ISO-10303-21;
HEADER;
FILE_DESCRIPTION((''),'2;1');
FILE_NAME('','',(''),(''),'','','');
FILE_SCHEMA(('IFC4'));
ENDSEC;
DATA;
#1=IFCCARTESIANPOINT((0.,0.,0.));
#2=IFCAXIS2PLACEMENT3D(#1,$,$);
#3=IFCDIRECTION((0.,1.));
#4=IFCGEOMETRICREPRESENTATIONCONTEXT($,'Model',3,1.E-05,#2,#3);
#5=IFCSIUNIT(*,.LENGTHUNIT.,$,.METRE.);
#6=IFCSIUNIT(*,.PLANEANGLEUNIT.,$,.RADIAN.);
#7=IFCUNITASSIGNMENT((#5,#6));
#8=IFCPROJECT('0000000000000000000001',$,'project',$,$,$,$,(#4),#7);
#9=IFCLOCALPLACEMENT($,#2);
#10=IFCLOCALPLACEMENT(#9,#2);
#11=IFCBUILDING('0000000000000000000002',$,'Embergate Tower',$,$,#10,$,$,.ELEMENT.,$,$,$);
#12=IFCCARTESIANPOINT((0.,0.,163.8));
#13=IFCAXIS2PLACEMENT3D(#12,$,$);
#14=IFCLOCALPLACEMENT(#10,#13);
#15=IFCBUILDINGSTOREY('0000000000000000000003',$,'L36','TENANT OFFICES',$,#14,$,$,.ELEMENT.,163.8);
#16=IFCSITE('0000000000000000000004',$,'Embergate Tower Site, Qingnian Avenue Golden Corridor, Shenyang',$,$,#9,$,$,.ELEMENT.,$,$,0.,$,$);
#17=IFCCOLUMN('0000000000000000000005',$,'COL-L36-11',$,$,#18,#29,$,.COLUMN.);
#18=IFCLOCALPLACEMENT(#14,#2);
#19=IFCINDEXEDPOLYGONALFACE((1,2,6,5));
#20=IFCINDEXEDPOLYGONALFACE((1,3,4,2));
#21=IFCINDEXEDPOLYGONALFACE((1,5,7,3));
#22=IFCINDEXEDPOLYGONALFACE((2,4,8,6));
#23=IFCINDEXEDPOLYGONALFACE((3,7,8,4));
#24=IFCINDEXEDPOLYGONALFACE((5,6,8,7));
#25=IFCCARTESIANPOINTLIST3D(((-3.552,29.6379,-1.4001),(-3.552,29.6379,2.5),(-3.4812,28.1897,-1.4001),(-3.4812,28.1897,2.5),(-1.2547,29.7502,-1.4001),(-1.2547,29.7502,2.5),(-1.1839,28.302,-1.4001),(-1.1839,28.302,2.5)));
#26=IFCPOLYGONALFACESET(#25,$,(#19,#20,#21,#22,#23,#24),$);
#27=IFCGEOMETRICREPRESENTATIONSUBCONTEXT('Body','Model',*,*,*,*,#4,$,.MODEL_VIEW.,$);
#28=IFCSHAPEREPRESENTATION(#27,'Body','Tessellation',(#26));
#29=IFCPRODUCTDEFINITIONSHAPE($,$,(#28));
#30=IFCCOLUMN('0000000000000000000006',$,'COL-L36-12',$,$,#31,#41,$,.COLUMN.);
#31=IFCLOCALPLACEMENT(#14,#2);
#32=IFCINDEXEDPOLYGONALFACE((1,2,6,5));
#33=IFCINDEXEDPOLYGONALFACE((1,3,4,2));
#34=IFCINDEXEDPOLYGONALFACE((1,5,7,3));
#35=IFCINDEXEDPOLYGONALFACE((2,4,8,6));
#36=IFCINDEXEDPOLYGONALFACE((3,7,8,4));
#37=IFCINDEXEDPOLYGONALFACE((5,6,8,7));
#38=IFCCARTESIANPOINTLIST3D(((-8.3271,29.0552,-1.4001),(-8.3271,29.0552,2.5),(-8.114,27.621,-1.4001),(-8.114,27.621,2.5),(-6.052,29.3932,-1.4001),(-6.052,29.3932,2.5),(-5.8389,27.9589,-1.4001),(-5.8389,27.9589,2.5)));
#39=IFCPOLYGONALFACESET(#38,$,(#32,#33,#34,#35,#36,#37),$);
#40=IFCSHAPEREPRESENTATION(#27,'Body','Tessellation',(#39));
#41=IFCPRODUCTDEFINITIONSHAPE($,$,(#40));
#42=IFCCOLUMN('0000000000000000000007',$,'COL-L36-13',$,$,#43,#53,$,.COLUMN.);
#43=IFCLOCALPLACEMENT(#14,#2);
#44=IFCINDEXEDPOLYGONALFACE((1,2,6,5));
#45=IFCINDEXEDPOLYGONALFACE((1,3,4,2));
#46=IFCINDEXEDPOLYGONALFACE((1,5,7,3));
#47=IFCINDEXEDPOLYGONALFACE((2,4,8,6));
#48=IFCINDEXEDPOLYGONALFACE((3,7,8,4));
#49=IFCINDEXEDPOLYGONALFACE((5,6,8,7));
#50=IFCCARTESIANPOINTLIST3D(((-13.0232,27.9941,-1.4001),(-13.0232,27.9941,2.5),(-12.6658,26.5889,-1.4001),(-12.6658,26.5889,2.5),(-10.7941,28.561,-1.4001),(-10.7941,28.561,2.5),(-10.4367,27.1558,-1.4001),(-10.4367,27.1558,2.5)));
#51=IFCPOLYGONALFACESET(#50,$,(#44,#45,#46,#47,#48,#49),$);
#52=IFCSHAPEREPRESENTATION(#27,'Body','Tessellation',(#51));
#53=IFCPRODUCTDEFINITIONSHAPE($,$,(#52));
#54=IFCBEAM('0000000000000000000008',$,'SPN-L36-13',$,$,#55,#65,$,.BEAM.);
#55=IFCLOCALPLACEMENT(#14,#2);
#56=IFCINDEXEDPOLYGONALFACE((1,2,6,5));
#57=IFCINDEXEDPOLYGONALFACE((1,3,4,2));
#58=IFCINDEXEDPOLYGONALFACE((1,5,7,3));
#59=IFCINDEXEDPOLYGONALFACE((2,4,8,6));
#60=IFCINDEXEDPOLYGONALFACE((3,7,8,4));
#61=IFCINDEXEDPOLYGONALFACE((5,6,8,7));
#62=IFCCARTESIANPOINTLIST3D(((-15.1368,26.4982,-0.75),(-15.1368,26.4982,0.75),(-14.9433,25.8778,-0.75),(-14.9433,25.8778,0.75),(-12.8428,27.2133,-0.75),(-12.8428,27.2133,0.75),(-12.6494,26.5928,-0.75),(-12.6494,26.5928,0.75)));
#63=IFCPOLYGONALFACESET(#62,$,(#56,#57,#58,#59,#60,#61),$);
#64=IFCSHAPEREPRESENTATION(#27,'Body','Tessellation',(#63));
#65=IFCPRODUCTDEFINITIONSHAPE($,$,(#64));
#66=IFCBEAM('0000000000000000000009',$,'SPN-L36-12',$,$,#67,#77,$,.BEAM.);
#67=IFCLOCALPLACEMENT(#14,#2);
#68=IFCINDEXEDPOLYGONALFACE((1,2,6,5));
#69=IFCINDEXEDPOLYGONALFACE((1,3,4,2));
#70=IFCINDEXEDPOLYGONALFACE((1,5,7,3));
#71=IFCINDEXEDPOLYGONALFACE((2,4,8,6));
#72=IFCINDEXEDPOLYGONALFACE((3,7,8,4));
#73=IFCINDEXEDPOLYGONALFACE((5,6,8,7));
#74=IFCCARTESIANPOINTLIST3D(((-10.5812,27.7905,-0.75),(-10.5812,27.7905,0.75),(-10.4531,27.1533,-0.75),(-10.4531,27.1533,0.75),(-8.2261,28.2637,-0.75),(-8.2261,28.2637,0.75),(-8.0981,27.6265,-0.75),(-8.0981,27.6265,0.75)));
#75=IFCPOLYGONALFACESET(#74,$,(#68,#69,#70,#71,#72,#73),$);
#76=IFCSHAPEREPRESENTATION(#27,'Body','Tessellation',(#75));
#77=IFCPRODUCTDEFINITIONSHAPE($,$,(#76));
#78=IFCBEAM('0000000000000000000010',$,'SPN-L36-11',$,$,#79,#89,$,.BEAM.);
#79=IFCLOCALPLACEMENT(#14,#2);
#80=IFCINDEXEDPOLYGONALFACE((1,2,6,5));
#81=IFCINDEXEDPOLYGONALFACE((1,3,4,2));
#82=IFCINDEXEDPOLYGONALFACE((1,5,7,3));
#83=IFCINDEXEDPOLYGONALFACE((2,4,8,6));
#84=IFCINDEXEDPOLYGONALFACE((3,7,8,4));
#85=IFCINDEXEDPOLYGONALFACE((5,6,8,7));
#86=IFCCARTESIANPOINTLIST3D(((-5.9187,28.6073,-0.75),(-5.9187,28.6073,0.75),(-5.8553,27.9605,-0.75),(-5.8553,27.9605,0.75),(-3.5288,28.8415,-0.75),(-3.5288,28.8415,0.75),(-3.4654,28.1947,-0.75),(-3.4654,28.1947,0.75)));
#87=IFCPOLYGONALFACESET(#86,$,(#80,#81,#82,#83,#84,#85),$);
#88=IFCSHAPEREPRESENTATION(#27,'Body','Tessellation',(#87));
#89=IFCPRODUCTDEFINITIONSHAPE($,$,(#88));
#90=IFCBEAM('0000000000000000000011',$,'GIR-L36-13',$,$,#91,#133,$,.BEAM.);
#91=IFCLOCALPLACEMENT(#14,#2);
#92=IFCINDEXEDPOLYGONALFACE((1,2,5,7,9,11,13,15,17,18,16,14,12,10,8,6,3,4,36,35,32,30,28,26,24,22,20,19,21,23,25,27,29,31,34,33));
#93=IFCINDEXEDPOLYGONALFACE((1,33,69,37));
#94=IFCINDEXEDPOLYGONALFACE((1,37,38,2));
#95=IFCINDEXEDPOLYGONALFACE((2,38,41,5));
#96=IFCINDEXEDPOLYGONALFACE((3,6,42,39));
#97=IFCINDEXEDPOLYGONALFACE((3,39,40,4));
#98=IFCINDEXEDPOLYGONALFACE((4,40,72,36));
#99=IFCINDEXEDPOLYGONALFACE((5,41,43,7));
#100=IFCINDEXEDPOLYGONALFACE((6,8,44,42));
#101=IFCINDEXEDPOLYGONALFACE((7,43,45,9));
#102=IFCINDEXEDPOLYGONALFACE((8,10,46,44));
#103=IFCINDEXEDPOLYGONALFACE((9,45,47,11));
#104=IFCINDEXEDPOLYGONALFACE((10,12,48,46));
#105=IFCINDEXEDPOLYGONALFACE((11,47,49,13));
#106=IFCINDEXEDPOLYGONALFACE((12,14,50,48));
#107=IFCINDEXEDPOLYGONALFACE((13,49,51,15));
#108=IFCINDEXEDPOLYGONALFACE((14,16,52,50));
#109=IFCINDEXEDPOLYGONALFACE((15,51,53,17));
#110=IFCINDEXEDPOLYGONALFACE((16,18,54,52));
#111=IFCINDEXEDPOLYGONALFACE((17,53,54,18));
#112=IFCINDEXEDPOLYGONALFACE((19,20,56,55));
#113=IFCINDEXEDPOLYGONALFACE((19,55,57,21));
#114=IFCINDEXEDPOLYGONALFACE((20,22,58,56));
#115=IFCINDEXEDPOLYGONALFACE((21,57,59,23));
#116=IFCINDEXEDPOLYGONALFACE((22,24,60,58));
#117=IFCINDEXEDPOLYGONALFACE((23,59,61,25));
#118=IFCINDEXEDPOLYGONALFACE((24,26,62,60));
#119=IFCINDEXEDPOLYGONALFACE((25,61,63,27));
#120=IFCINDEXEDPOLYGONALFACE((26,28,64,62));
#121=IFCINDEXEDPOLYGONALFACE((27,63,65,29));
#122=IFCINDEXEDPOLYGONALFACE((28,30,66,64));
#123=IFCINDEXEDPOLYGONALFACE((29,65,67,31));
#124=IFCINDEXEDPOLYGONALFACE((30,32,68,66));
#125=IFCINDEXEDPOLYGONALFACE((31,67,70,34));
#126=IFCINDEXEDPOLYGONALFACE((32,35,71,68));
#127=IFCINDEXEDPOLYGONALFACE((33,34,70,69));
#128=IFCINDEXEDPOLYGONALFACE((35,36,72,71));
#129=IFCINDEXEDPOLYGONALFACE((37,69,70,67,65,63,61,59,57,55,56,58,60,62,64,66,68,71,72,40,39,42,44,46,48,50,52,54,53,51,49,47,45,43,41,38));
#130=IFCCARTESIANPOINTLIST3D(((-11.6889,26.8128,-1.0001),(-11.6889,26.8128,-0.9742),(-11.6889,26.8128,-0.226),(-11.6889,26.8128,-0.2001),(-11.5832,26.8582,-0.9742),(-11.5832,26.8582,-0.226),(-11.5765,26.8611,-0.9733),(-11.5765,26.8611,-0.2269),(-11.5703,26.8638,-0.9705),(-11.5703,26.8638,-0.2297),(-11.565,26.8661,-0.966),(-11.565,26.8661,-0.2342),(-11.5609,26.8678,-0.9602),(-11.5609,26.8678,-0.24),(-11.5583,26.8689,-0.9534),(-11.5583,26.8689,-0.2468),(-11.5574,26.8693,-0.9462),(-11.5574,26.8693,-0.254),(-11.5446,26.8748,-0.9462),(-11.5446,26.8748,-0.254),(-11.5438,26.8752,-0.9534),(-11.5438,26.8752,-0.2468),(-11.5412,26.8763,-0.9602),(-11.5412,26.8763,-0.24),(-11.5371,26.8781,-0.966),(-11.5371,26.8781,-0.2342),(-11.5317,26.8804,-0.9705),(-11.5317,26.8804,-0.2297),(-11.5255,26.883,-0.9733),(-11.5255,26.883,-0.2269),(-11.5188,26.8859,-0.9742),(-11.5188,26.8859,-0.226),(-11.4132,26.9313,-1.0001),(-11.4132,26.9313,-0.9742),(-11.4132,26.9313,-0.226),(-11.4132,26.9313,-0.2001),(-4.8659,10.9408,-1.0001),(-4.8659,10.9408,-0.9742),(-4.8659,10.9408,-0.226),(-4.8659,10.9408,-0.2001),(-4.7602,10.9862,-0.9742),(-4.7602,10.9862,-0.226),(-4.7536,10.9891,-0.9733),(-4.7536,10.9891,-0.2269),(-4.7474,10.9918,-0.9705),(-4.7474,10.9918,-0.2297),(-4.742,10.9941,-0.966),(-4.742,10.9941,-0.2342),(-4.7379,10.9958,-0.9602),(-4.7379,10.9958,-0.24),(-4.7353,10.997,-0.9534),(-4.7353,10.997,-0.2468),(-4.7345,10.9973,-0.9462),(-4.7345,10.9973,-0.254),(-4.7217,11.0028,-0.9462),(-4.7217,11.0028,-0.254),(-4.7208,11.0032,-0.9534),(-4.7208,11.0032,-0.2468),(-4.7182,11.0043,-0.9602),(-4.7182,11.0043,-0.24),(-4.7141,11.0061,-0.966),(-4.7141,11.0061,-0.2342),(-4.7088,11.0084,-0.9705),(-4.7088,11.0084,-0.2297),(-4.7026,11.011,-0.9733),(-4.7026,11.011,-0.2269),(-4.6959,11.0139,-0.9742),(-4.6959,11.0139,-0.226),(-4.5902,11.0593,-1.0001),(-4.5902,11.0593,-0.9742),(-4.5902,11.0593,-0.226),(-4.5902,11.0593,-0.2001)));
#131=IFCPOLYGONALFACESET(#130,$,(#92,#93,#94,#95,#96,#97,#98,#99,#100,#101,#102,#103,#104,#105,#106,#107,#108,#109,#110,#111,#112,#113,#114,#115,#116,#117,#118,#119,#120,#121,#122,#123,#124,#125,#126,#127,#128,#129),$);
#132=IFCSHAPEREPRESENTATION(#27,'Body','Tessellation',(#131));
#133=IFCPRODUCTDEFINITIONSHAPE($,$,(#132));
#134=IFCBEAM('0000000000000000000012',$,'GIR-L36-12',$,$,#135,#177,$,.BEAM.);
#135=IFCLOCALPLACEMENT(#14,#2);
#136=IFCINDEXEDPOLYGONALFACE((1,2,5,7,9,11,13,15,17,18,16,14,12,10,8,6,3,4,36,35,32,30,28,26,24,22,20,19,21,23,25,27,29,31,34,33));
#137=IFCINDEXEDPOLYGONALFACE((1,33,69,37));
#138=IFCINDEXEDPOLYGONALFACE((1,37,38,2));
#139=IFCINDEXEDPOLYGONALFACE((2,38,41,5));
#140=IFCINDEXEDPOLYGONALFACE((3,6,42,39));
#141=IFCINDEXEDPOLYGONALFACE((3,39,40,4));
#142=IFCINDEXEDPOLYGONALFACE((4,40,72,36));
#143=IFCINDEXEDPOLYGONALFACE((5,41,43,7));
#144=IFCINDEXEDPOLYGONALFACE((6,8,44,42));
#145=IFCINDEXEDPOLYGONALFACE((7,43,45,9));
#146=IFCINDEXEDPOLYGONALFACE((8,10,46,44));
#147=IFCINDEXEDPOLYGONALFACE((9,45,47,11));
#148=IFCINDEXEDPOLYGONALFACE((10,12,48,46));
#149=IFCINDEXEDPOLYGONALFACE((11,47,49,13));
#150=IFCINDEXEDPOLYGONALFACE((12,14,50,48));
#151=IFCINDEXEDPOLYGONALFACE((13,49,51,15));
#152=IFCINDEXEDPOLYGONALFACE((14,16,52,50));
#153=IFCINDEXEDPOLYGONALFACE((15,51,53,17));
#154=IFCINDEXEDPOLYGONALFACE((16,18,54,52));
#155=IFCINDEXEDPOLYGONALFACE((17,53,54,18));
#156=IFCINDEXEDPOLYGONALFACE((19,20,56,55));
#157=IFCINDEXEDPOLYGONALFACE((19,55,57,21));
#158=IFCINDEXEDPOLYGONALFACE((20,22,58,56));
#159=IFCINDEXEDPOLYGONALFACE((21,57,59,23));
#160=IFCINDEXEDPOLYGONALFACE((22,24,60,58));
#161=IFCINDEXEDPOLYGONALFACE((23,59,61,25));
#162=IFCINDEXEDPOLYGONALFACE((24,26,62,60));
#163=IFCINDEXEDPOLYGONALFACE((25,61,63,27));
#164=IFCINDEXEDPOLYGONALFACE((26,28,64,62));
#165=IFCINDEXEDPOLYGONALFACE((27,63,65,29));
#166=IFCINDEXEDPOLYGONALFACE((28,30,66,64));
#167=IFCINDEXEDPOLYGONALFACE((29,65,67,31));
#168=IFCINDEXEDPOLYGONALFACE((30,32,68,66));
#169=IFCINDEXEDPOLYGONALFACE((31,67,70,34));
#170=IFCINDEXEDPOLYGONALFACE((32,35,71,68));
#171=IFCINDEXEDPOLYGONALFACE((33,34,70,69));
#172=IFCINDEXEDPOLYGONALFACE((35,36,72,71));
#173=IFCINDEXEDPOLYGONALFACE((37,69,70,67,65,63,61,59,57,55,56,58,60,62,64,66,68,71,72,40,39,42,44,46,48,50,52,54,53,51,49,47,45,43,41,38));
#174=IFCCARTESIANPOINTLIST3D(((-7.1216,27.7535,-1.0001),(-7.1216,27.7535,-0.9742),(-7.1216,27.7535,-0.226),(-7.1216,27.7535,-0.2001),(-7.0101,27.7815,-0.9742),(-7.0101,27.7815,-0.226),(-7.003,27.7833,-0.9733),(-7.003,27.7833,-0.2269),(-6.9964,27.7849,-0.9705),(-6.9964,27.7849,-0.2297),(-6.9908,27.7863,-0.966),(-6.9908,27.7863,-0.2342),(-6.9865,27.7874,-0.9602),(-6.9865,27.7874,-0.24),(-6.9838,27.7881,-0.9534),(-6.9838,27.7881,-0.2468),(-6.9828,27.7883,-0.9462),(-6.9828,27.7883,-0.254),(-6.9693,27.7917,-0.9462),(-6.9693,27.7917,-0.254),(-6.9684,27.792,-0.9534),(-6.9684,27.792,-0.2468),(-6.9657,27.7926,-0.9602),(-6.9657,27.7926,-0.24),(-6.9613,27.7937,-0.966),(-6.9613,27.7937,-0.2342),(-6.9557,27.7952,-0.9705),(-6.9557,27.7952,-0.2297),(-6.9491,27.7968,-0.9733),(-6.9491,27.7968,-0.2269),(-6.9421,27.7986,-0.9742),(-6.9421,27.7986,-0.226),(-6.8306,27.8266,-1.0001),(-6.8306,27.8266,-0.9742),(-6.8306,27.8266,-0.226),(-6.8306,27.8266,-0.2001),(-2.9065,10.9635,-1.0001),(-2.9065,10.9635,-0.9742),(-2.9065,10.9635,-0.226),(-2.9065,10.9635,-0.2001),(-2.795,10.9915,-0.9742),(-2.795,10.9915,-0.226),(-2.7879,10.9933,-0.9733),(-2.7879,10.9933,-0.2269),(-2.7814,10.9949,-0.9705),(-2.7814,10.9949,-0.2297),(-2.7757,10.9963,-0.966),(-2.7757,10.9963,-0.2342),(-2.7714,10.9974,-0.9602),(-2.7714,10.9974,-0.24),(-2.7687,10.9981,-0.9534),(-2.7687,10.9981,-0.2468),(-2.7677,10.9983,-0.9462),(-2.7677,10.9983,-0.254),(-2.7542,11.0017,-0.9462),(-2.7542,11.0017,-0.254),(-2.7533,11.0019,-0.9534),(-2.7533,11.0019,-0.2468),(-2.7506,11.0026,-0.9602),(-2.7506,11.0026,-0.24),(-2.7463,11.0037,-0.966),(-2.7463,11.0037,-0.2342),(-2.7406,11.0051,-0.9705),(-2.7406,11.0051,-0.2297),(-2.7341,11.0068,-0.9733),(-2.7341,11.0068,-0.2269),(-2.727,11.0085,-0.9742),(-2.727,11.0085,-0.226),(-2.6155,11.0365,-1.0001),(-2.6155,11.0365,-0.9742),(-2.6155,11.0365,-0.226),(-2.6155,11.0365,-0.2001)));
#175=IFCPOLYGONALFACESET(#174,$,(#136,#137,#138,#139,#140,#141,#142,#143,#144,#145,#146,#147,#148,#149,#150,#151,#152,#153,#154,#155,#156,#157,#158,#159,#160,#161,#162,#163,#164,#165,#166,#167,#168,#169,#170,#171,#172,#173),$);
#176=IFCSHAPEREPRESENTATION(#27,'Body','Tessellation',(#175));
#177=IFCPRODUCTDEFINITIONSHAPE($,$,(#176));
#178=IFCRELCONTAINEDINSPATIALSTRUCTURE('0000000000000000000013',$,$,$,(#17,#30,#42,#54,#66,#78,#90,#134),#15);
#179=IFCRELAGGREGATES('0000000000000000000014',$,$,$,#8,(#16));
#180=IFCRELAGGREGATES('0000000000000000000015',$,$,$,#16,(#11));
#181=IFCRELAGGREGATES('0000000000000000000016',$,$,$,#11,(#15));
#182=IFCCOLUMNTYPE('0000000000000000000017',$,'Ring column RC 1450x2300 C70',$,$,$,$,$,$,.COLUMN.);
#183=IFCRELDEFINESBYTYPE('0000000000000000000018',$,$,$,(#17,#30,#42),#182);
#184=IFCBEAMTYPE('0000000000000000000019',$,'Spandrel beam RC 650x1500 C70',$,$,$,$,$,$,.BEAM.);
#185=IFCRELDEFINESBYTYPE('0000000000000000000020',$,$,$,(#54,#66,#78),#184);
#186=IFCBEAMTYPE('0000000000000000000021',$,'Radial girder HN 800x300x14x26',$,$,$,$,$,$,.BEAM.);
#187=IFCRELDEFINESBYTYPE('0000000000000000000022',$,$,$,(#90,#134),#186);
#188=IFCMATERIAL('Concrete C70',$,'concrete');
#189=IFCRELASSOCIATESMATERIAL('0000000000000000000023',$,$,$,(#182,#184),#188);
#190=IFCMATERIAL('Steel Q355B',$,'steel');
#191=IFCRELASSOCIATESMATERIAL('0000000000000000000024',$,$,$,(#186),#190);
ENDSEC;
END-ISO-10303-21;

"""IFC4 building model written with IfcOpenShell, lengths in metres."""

from ifc_helpers import new_model, si_unit, direction, frame, origin, origin_2d, place, context, subcontext, project, spatial, rectangle, i_section, extrude, source, transform, mapped, material, material_profile, profile_set, type_object, element, save


model = new_model("IFC4")

# Units and contexts
model_context = context("Model", 3, precision=1e-05, world=origin(), true_north=direction((0.0, 1.0)))
body_context = subcontext(model_context, "Body", "Model", "MODEL_VIEW")
ifc_project = project(units=[si_unit("LENGTHUNIT", "METRE"), si_unit("PLANEANGLEUNIT", "RADIAN")], contexts=[model_context])

# Site, building, storey
site_placement = place(None, origin())
site = spatial("IfcSite", under=ifc_project, at=site_placement, Name="Embergate Tower Site, Qingnian Avenue Golden Corridor, Shenyang", CompositionType="ELEMENT", RefElevation=0.0)
building_placement = place(site_placement, origin())
building = spatial("IfcBuilding", under=site, at=building_placement, Name="Embergate Tower", CompositionType="ELEMENT")
storey_placement = place(building_placement, frame((0.0, 0.0, 163.8)))
storey = spatial("IfcBuildingStorey", under=building, at=storey_placement, Name="L36", Description="TENANT OFFICES", CompositionType="ELEMENT", Elevation=163.8)

# Columns
ifc_material_1 = material(Name="Concrete C70", Category="concrete")
ifc_material_profile_1 = material_profile(ifc_material_1, rectangle(XDim=1.45, YDim=2.3, at=origin_2d()), Name="RC 1450x2300")
ifc_profile_set_1 = profile_set([ifc_material_profile_1], Name="Concrete C70")
column_type = type_object("IfcColumnType", Name="Ring column RC 1450x2300 C70", PredefinedType="COLUMN", material=ifc_profile_set_1)
shared_shape_1 = source(origin(), body_context, "Body", "SweptSolid", [
    extrude(rectangle(XDim=1.45, YDim=2.3, at=origin_2d()), origin(), (0.0, 0.0, 1.0), 3.9001),
])
for number, where, z_axis, x_axis, name in (
    (1, (-2.3679, 28.97, -1.4001), (0.0, 0.0, 1.0), (-0.048815, 0.998808, 0.0), "COL-L36-11"),
    (2, (-7.083, 28.5071, -1.4001), (0.0, 0.0, 1.0), (-0.146929, 0.989147, 0.0), "COL-L36-12"),
    (3, (-11.73, 27.575, -1.4001), (0.0, 0.0, 1.0), (-0.246492, 0.969145, 0.0), "COL-L36-13"),
):
    element("IfcColumn", number, at=place(storey_placement, frame(where, z_axis=z_axis, x_axis=x_axis)), inside=storey, type_object=column_type, Name=name, PredefinedType="COLUMN", context=body_context, shape_type="MappedRepresentation", body=[
        mapped(shared_shape_1, transform((0.0, 0.0, 0.0))),
    ])

# Beams
ifc_material_profile_2 = material_profile(ifc_material_1, rectangle(XDim=0.6499, YDim=1.5, at=origin_2d()), Name="RC 650x1500")
ifc_profile_set_2 = profile_set([ifc_material_profile_2], Name="Concrete C70")
beam_type_1 = type_object("IfcBeamType", Name="Spandrel beam RC 650x1500 C70", PredefinedType="BEAM", material=ifc_profile_set_2)
shared_shape_2 = source(origin(), body_context, "Body", "SweptSolid", [
    extrude(rectangle(XDim=0.6499, YDim=1.5, at=origin_2d()), origin(), (0.0, 0.0, 1.0), 2.4028),
])
beam_1_placement = place(storey_placement, frame((-12.7461, 26.9031, 0.0), z_axis=(-0.954689, -0.297604, 0.0), x_axis=(0.297604, -0.954689, 0.0)))
element("IfcBeam", 4, at=beam_1_placement, inside=storey, type_object=beam_type_1, Name="SPN-L36-13", PredefinedType="BEAM", context=body_context, shape_type="MappedRepresentation", body=[
    mapped(shared_shape_2, transform((0.0, 0.0, 0.0))),
])
shared_shape_3 = source(origin(), body_context, "Body", "SweptSolid", [
    extrude(rectangle(XDim=0.6499, YDim=1.5, at=origin_2d()), origin(), (0.0, 0.0, 1.0), 2.4021),
])
beam_2_placement = place(storey_placement, frame((-8.1621, 27.9451, 0.0), z_axis=(-0.980408, -0.196976, 0.0), x_axis=(0.196976, -0.980408, 0.0)))
element("IfcBeam", 5, at=beam_2_placement, inside=storey, type_object=beam_type_1, Name="SPN-L36-12", PredefinedType="BEAM", context=body_context, shape_type="MappedRepresentation", body=[
    mapped(shared_shape_3, transform((0.0, 0.0, 0.0))),
])
shared_shape_4 = source(origin(), body_context, "Body", "SweptSolid", [
    extrude(rectangle(XDim=0.6499, YDim=1.5, at=origin_2d()), origin(), (0.0, 0.0, 1.0), 2.4014),
])
beam_3_placement = place(storey_placement, frame((-3.4971, 28.5181, 0.0), z_axis=(-0.995235, -0.0975, 0.0), x_axis=(0.0975, -0.995235, 0.0)))
element("IfcBeam", 6, at=beam_3_placement, inside=storey, type_object=beam_type_1, Name="SPN-L36-11", PredefinedType="BEAM", context=body_context, shape_type="MappedRepresentation", body=[
    mapped(shared_shape_4, transform((0.0, 0.0, 0.0))),
])
ifc_material_2 = material(Name="Steel Q355B", Category="steel")
ifc_material_profile_3 = material_profile(ifc_material_2, i_section(OverallWidth=0.3, OverallDepth=0.8, WebThickness=0.0139, FlangeThickness=0.0259, FilletRadius=0.0281, at=origin_2d()), Name="HN 800x300x14x26")
ifc_profile_set_3 = profile_set([ifc_material_profile_3], Name="Steel Q355 grade B")
beam_type_2 = type_object("IfcBeamType", Name="Radial girder HN 800x300x14x26", PredefinedType="BEAM", material=ifc_profile_set_3)
shared_shape_5 = source(origin(), body_context, "Body", "SweptSolid", [
    extrude(i_section(OverallWidth=0.3, OverallDepth=0.8, WebThickness=0.0139, FlangeThickness=0.0259, FilletRadius=0.0281, at=origin_2d()), origin(), (0.0, 0.0, 1.0), 17.2764),
])
beam_4_placement = place(storey_placement, frame((-11.551, 26.8721, -0.6001), z_axis=(0.39493, -0.918711, 0.0), x_axis=(0.918711, 0.39493, 0.0)))
element("IfcBeam", 7, at=beam_4_placement, inside=storey, type_object=beam_type_2, Name="GIR-L36-13", PredefinedType="BEAM", context=body_context, shape_type="MappedRepresentation", body=[
    mapped(shared_shape_5, transform((0.0, 0.0, 0.0))),
])
shared_shape_6 = source(origin(), body_context, "Body", "SweptSolid", [
    extrude(i_section(OverallWidth=0.3, OverallDepth=0.8, WebThickness=0.0139, FlangeThickness=0.0259, FilletRadius=0.0281, at=origin_2d()), origin(), (0.0, 0.0, 1.0), 17.311),
])
beam_5_placement = place(storey_placement, frame((-6.9761, 27.79, -0.6001), z_axis=(0.243491, -0.969903, 0.0), x_axis=(0.969903, 0.243491, 0.0)))
element("IfcBeam", 8, at=beam_5_placement, inside=storey, type_object=beam_type_2, Name="GIR-L36-12", PredefinedType="BEAM", context=body_context, shape_type="MappedRepresentation", body=[
    mapped(shared_shape_6, transform((0.0, 0.0, 0.0))),
])

save(model, "model.ifc")
